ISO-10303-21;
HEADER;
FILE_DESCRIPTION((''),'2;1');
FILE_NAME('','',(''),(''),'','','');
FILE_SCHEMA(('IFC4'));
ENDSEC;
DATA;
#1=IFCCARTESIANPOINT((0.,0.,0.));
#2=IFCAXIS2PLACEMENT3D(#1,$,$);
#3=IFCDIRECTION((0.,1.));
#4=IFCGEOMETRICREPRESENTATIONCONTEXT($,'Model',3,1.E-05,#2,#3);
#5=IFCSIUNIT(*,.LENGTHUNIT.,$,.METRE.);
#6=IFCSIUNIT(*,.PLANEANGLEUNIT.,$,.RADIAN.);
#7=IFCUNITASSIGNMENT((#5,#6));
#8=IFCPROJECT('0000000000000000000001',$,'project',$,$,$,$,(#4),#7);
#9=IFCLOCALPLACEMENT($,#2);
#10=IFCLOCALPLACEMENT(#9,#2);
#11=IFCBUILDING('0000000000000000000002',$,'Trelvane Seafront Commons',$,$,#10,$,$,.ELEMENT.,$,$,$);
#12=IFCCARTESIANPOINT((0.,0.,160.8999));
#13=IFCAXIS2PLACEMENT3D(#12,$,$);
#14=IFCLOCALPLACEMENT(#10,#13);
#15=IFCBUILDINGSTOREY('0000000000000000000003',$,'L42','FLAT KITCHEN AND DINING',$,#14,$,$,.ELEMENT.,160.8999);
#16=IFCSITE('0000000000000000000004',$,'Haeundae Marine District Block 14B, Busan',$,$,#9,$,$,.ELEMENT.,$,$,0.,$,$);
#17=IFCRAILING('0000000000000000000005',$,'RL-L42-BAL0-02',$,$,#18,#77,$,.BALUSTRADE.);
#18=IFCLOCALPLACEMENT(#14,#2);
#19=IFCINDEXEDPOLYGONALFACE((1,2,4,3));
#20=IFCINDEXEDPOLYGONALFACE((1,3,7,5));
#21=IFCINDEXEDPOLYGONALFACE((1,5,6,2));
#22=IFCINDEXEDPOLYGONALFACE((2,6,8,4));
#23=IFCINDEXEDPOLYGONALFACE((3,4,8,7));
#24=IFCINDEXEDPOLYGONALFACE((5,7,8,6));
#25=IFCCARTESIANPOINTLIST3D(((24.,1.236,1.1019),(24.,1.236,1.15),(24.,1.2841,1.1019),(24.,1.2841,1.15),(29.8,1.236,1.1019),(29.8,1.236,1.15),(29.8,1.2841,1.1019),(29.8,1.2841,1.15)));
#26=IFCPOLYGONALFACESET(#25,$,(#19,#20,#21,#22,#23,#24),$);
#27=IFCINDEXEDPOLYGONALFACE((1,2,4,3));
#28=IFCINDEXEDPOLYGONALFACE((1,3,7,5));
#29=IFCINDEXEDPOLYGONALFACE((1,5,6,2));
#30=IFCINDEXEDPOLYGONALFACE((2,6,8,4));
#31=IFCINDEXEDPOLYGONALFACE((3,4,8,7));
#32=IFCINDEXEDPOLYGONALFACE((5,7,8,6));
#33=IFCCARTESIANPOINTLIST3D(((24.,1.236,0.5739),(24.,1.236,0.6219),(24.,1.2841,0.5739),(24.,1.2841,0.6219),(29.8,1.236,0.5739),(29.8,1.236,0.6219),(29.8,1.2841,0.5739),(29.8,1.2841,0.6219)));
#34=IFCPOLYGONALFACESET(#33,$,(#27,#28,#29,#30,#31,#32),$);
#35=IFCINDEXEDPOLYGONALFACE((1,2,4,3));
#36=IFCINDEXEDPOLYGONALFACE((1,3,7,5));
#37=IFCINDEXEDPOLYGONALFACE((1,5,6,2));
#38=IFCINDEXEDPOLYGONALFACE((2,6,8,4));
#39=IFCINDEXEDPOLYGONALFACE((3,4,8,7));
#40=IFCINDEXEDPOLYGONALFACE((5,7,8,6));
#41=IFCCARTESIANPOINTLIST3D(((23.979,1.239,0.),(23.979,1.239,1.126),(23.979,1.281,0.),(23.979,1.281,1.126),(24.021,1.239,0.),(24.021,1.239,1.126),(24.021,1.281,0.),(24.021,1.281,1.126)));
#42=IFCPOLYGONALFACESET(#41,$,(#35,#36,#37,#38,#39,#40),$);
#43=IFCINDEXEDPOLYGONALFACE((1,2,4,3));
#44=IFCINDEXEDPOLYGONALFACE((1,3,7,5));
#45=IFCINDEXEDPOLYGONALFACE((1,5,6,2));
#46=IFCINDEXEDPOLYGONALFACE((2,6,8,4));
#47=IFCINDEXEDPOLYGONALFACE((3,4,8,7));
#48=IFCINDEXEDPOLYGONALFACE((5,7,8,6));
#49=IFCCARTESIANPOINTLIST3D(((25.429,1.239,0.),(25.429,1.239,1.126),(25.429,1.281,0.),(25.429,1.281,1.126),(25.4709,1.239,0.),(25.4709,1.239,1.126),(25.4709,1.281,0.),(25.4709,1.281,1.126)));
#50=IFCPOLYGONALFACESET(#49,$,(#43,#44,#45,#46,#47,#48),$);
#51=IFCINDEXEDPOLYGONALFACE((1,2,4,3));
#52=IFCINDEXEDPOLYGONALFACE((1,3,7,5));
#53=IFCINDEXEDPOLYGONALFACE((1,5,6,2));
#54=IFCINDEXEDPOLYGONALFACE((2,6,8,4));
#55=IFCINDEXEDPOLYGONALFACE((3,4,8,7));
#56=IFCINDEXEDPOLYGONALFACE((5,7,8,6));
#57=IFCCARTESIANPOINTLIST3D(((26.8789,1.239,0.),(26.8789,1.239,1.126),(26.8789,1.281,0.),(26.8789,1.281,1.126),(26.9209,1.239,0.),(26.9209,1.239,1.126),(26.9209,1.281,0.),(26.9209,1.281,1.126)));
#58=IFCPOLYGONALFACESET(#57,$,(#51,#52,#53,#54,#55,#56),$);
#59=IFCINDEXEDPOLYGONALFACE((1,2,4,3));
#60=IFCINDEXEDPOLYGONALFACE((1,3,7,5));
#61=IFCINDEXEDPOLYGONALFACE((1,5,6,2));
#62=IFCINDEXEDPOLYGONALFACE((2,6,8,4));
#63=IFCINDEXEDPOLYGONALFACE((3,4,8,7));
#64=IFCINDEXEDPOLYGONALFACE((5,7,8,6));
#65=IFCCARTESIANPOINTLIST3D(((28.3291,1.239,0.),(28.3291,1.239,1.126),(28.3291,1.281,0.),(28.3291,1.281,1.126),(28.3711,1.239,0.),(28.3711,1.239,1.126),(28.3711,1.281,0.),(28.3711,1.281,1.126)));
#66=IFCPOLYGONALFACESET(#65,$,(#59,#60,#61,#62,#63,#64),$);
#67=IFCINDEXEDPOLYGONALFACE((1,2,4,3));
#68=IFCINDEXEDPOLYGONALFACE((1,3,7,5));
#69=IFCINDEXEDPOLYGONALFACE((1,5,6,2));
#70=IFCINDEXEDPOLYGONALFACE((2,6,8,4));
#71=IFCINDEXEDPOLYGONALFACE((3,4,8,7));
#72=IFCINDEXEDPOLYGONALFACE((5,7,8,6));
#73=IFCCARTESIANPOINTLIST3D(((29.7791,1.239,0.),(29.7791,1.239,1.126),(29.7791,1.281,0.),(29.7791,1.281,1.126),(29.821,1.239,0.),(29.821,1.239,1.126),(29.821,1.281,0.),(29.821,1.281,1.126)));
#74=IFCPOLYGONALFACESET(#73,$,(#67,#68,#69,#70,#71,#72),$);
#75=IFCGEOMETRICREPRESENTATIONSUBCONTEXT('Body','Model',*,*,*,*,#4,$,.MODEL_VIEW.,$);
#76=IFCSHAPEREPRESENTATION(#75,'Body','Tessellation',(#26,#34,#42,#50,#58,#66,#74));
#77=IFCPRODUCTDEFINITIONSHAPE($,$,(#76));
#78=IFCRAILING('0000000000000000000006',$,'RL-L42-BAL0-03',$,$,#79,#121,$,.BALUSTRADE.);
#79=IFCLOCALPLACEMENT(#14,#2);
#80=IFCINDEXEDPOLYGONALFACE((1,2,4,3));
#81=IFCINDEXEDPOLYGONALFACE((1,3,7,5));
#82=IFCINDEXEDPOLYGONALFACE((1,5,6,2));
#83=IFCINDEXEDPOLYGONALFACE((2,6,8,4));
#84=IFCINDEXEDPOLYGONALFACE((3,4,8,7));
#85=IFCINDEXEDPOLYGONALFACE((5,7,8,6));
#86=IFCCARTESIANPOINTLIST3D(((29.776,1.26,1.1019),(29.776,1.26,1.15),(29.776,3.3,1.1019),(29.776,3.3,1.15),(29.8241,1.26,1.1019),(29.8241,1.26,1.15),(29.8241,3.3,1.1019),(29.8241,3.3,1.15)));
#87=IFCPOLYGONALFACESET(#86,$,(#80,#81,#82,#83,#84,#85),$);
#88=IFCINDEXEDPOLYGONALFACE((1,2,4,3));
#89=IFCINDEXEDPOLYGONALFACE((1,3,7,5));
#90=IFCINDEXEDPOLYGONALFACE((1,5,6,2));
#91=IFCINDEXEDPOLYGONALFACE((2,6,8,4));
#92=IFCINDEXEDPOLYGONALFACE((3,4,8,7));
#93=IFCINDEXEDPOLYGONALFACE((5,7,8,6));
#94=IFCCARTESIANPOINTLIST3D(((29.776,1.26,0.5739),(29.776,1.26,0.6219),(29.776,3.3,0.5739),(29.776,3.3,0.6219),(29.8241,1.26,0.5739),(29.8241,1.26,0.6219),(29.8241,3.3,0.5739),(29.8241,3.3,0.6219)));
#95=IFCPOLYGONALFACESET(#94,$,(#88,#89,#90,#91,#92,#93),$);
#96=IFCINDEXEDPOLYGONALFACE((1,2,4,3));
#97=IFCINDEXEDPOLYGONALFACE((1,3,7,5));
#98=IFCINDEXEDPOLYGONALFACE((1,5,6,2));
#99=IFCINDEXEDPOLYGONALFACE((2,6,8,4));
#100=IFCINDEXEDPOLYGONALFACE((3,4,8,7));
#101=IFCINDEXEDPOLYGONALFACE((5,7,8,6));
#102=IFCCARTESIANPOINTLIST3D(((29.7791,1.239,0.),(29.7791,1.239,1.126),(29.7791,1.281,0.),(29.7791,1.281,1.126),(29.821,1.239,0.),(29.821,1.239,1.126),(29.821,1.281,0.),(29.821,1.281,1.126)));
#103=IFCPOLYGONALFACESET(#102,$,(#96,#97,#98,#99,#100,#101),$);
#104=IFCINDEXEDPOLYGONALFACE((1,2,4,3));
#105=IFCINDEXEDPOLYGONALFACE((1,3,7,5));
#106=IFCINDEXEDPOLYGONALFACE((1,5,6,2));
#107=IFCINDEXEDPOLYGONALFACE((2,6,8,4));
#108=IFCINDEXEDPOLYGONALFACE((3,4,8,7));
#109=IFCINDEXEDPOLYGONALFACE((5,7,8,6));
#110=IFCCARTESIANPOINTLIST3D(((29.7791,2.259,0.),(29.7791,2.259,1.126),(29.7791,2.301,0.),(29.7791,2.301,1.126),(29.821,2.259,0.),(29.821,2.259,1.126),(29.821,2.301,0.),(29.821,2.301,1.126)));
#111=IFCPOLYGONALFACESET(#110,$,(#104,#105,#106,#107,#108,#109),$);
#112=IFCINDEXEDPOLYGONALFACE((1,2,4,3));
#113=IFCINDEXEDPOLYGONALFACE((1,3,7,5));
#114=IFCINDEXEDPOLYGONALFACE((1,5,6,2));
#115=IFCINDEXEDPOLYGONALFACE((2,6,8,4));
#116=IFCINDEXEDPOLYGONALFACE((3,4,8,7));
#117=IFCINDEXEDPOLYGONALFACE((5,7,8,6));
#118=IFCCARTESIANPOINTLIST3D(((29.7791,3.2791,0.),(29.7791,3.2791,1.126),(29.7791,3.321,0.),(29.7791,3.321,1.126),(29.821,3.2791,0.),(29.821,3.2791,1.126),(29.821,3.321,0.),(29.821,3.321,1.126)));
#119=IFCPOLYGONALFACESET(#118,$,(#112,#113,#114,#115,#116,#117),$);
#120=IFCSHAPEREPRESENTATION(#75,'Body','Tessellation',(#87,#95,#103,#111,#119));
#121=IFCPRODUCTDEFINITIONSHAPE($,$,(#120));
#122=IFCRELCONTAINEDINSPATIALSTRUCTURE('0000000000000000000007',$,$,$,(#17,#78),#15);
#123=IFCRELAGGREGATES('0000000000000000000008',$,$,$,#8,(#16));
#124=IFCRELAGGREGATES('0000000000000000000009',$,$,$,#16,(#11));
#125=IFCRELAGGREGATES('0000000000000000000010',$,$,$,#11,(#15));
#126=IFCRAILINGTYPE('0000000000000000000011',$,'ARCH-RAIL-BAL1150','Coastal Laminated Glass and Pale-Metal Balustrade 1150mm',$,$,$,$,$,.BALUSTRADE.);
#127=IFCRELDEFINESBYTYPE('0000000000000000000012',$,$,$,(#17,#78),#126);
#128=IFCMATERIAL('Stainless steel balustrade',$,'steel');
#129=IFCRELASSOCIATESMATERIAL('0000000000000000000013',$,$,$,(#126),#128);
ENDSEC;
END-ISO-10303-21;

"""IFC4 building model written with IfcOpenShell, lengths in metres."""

from ifc_helpers import new_model, si_unit, direction, frame, origin, origin_2d, place, context, subcontext, project, spatial, rectangle, extrude, material, type_object, element, save


model = new_model("IFC4")

# Units and contexts
model_context = context("Model", 3, precision=1e-05, world=origin(), true_north=direction((0.0, 1.0)))
body_context = subcontext(model_context, "Body", "Model", "MODEL_VIEW")
ifc_project = project(units=[si_unit("LENGTHUNIT", "METRE"), si_unit("PLANEANGLEUNIT", "RADIAN")], contexts=[model_context])

# Site, building, storey
site_placement = place(None, origin())
site = spatial("IfcSite", under=ifc_project, at=site_placement, Name="Haeundae Marine District Block 14B, Busan", CompositionType="ELEMENT", RefElevation=0.0)
building_placement = place(site_placement, origin())
building = spatial("IfcBuilding", under=site, at=building_placement, Name="Trelvane Seafront Commons", CompositionType="ELEMENT")
storey_placement = place(building_placement, frame((0.0, 0.0, 160.8999)))
storey = spatial("IfcBuildingStorey", under=building, at=storey_placement, Name="L42", Description="FLAT KITCHEN AND DINING", CompositionType="ELEMENT", Elevation=160.8999)

# Railings
ifc_material_1 = material(Name="Stainless steel balustrade", Category="steel")
railing_type = type_object("IfcRailingType", Name="ARCH-RAIL-BAL1150", Description="Coastal Laminated Glass and Pale-Metal Balustrade 1150mm", PredefinedType="BALUSTRADE", material=ifc_material_1)
railing_1_placement = place(storey_placement, frame((24.0, 1.26, 0.0)))
element("IfcRailing", 1, at=railing_1_placement, inside=storey, type_object=railing_type, Name="RL-L42-BAL0-02", PredefinedType="BALUSTRADE", context=body_context, shape_type="SweptSolid", body=[
    extrude(rectangle(XDim=0.0481, YDim=0.0481, at=origin_2d()), frame((0.0, 0.0, 1.126), z_axis=(1.0, 0.0, 0.0), x_axis=(0.0, 1.0, 0.0)), (0.0, 0.0, 1.0), 5.8),
    extrude(rectangle(XDim=0.0481, YDim=0.0481, at=origin_2d()), frame((0.0, 0.0, 0.5979), z_axis=(1.0, 0.0, 0.0), x_axis=(0.0, 1.0, 0.0)), (0.0, 0.0, 1.0), 5.8),
    extrude(rectangle(XDim=0.042, YDim=0.042, at=origin_2d()), origin(), (0.0, 0.0, 1.0), 1.126),
    extrude(rectangle(XDim=0.042, YDim=0.042, at=origin_2d()), frame((1.45, 0.0, 0.0)), (0.0, 0.0, 1.0), 1.126),
    extrude(rectangle(XDim=0.042, YDim=0.042, at=origin_2d()), frame((2.8999, 0.0, 0.0)), (0.0, 0.0, 1.0), 1.126),
    extrude(rectangle(XDim=0.042, YDim=0.042, at=origin_2d()), frame((4.3501, 0.0, 0.0)), (0.0, 0.0, 1.0), 1.126),
    extrude(rectangle(XDim=0.042, YDim=0.042, at=origin_2d()), frame((5.8, 0.0, 0.0)), (0.0, 0.0, 1.0), 1.126),
])
railing_2_placement = place(storey_placement, frame((29.8, 1.26, 0.0)))
element("IfcRailing", 2, at=railing_2_placement, inside=storey, type_object=railing_type, Name="RL-L42-BAL0-03", PredefinedType="BALUSTRADE", context=body_context, shape_type="SweptSolid", body=[
    extrude(rectangle(XDim=0.0481, YDim=0.0481, at=origin_2d()), frame((0.0, 0.0, 1.126), z_axis=(0.0, 1.0, 0.0), x_axis=(-1.0, 0.0, 0.0)), (0.0, 0.0, 1.0), 2.04),
    extrude(rectangle(XDim=0.0481, YDim=0.0481, at=origin_2d()), frame((0.0, 0.0, 0.5979), z_axis=(0.0, 1.0, 0.0), x_axis=(-1.0, 0.0, 0.0)), (0.0, 0.0, 1.0), 2.04),
    extrude(rectangle(XDim=0.042, YDim=0.042, at=origin_2d()), origin(), (0.0, 0.0, 1.0), 1.126),
    extrude(rectangle(XDim=0.042, YDim=0.042, at=origin_2d()), frame((0.0, 1.02, 0.0)), (0.0, 0.0, 1.0), 1.126),
    extrude(rectangle(XDim=0.042, YDim=0.042, at=origin_2d()), frame((0.0, 2.04, 0.0)), (0.0, 0.0, 1.0), 1.126),
])

save(model, "model.ifc")
